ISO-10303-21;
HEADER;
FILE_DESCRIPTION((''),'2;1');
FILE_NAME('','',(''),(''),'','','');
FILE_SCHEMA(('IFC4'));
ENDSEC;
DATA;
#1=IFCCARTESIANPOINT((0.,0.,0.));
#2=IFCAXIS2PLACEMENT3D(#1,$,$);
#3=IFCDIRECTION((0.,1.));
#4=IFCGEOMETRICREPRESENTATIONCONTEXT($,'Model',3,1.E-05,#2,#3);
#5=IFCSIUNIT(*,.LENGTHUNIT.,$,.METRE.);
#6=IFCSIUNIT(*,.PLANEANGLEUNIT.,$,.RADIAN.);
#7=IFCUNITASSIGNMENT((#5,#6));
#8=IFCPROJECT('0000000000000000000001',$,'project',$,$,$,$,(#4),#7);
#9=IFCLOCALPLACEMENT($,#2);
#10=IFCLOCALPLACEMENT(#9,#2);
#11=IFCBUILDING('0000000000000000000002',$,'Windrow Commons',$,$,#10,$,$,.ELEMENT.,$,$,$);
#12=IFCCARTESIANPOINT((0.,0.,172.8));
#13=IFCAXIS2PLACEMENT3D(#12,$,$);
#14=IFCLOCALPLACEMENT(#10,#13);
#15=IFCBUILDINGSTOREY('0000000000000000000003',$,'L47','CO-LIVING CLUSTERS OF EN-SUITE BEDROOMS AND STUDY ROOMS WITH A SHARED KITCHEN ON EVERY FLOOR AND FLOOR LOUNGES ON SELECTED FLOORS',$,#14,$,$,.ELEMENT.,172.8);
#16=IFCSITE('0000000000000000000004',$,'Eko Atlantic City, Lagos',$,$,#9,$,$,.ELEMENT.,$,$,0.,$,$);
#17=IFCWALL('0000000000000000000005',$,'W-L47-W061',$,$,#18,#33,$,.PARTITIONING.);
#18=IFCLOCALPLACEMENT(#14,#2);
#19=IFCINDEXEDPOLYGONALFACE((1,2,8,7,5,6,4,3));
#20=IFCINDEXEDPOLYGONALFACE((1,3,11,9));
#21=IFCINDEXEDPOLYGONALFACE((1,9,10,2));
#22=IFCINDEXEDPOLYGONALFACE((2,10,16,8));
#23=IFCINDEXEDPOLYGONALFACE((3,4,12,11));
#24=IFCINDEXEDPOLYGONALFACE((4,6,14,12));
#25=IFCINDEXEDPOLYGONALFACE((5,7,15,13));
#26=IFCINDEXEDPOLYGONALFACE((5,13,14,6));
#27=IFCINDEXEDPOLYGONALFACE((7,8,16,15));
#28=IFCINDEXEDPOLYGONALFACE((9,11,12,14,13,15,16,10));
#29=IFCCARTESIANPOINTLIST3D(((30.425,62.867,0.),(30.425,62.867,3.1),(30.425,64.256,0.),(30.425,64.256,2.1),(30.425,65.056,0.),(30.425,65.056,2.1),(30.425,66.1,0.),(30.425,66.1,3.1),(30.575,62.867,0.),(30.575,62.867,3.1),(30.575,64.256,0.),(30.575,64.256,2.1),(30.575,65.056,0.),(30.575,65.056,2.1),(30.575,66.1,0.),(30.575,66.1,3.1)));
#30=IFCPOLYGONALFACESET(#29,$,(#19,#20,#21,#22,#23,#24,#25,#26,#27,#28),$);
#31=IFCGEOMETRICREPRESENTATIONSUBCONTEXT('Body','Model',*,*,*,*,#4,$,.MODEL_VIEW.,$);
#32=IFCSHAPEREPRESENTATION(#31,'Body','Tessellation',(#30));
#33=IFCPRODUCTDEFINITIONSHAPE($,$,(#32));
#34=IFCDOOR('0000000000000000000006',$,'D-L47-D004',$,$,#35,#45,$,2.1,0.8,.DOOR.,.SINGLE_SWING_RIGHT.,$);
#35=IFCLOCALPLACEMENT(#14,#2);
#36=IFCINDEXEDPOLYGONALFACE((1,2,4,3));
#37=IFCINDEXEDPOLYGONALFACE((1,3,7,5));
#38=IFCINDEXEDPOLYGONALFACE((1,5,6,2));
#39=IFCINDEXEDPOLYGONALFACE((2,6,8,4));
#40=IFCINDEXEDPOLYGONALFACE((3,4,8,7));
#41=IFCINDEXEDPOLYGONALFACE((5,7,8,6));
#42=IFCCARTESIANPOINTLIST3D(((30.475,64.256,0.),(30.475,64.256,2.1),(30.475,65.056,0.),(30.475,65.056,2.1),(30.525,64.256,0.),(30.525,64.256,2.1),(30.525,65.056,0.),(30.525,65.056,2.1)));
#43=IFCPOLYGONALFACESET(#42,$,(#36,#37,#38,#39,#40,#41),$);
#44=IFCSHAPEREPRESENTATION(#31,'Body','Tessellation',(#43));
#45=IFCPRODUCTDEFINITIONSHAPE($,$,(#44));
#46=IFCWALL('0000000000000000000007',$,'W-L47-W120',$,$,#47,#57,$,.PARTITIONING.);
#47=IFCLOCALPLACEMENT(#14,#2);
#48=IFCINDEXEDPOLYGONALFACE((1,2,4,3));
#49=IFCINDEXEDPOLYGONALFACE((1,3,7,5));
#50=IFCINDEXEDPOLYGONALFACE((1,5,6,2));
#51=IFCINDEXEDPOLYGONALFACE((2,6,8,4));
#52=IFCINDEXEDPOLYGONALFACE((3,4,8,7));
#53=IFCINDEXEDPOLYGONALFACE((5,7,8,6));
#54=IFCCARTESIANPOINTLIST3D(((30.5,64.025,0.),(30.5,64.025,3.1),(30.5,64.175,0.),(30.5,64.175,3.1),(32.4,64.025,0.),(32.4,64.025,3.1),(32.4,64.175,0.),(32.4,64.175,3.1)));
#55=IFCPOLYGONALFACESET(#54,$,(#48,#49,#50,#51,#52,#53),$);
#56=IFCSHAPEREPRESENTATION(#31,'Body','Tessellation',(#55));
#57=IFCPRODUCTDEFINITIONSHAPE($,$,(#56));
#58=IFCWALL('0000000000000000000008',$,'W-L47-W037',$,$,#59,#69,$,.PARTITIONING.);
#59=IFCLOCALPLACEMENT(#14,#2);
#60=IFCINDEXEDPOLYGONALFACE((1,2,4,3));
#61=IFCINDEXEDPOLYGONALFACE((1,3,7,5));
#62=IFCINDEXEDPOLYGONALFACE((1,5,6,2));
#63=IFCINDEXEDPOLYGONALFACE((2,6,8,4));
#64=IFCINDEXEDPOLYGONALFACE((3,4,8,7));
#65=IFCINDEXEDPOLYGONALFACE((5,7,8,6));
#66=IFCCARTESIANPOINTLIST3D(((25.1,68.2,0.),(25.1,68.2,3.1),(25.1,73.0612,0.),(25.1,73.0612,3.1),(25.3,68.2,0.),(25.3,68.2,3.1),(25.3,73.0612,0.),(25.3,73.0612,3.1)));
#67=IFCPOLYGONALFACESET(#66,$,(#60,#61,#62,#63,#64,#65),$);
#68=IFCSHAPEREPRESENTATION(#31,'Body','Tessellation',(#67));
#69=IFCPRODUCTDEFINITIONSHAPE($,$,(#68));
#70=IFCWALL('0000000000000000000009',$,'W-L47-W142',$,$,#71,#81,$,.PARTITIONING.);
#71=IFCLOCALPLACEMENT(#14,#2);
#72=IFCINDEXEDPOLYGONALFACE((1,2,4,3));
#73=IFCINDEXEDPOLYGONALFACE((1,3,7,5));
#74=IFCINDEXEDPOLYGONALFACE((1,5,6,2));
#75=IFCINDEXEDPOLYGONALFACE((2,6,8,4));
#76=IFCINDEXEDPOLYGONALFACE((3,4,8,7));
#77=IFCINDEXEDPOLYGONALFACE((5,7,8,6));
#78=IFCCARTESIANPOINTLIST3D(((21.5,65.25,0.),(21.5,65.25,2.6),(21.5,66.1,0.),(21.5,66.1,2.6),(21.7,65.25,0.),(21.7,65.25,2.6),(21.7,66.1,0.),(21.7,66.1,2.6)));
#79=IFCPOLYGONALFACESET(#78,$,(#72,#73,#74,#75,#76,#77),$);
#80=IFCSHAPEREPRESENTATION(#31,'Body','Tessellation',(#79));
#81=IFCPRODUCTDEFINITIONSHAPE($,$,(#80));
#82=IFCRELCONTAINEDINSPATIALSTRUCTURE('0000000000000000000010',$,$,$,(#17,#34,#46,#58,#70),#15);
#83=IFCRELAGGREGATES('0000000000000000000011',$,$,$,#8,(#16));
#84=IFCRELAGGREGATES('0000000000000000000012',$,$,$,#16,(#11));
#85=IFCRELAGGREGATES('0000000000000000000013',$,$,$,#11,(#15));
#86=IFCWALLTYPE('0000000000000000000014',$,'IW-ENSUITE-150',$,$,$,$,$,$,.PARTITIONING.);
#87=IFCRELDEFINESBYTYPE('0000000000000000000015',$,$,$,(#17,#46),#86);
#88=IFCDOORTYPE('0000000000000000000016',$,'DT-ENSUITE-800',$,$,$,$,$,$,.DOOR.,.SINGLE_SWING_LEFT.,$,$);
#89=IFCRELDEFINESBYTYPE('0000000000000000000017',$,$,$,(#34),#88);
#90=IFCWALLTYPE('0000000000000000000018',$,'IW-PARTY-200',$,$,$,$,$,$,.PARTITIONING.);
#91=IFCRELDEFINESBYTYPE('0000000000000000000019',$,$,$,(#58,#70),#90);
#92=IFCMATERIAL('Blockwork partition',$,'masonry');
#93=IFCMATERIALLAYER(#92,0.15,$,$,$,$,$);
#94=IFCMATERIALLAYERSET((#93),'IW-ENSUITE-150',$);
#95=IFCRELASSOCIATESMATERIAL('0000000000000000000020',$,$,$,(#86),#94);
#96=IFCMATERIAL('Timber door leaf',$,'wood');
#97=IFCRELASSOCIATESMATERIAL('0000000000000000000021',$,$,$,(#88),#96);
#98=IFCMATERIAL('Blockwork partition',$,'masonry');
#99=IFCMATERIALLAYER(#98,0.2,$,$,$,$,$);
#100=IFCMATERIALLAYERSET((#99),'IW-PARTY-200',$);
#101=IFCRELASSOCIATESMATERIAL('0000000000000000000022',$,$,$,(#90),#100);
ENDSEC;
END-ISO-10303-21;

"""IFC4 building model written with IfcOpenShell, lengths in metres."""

from ifc_helpers import new_model, si_unit, direction, frame, frame_2d, origin, place, context, subcontext, project, spatial, rectangle, extrude, material, layer, layer_set, type_object, element, fill, save


model = new_model("IFC4")

# Units and contexts
model_context = context("Model", 3, precision=1e-05, world=origin(), true_north=direction((0.0, 1.0)))
body_context = subcontext(model_context, "Body", "Model", "MODEL_VIEW")
ifc_project = project(units=[si_unit("LENGTHUNIT", "METRE"), si_unit("PLANEANGLEUNIT", "RADIAN")], contexts=[model_context])

# Site, building, storey
site_placement = place(None, origin())
site = spatial("IfcSite", under=ifc_project, at=site_placement, Name="Eko Atlantic City, Lagos", CompositionType="ELEMENT", RefElevation=0.0)
building_placement = place(site_placement, origin())
building = spatial("IfcBuilding", under=site, at=building_placement, Name="Windrow Commons", CompositionType="ELEMENT")
storey_placement = place(building_placement, frame((0.0, 0.0, 172.8)))
storey = spatial("IfcBuildingStorey", under=building, at=storey_placement, Name="L47", Description="CO-LIVING CLUSTERS OF EN-SUITE BEDROOMS AND STUDY ROOMS WITH A SHARED KITCHEN ON EVERY FLOOR AND FLOOR LOUNGES ON SELECTED FLOORS", CompositionType="ELEMENT", Elevation=172.8)

# Wall, opening, door
ifc_material_1 = material(Name="Blockwork partition", Category="masonry")
ifc_layer_1 = layer(ifc_material_1, 0.15)
ifc_layer_set_1 = layer_set([ifc_layer_1], Name="IW-ENSUITE-150")
wall_type_1 = type_object("IfcWallType", Name="IW-ENSUITE-150", PredefinedType="PARTITIONING", material=ifc_layer_set_1)
wall_1_placement = place(storey_placement, frame((30.5, 62.867, 0.0), z_axis=(0.0, 0.0, 1.0), x_axis=(0.0, 1.0, 0.0)))
wall_1 = element("IfcWall", 1, at=wall_1_placement, inside=storey, type_object=wall_type_1, Name="W-L47-W061", PredefinedType="PARTITIONING", context=body_context, shape_type="SweptSolid", body=[
    extrude(rectangle(XDim=3.233, YDim=0.15, at=frame_2d((1.6165, 0.0))), origin(), (0.0, 0.0, 1.0), 3.1),
])
opening_1_placement = place(wall_1_placement, frame((1.389, 0.0, 0.0)))
opening_1 = element("IfcOpeningElement", 2, at=opening_1_placement, cuts=wall_1, PredefinedType="OPENING", context=body_context, shape_type="SweptSolid", body=[
    extrude(rectangle(XDim=0.8, YDim=2.1, at=frame_2d((0.4, 1.05))), frame((0.0, 0.085, 0.0), z_axis=(0.0, -1.0, 0.0), x_axis=(1.0, 0.0, 0.0)), (0.0, 0.0, 1.0), 0.17),
])
ifc_material_2 = material(Name="Timber door leaf", Category="wood")
door_type_1 = type_object("IfcDoorType", Name="DT-ENSUITE-800", OperationType="SINGLE_SWING_LEFT", PredefinedType="DOOR", material=ifc_material_2)
door_1_placement = place(opening_1_placement, origin())
door_1 = element("IfcDoor", 3, at=door_1_placement, inside=storey, type_object=door_type_1, Name="D-L47-D004", OperationType="SINGLE_SWING_RIGHT", OverallHeight=2.1, OverallWidth=0.8, PredefinedType="DOOR", context=body_context, shape_type="SweptSolid", body=[
    extrude(rectangle(XDim=0.8, YDim=2.1, at=frame_2d((0.4, 1.05))), frame((0.0, 0.025, 0.0), z_axis=(0.0, -1.0, 0.0), x_axis=(1.0, 0.0, 0.0)), (0.0, 0.0, 1.0), 0.05),
])
fill(opening_1, door_1)

# Walls
wall_2_placement = place(storey_placement, frame((30.5, 64.1, 0.0), z_axis=(0.0, 0.0, 1.0), x_axis=(1.0, 0.0, 0.0)))
element("IfcWall", 4, at=wall_2_placement, inside=storey, type_object=wall_type_1, Name="W-L47-W120", PredefinedType="PARTITIONING", context=body_context, shape_type="SweptSolid", body=[
    extrude(rectangle(XDim=1.9, YDim=0.15, at=frame_2d((0.95, 0.0))), origin(), (0.0, 0.0, 1.0), 3.1),
])
ifc_material_3 = material(Name="Blockwork partition", Category="masonry")
ifc_layer_2 = layer(ifc_material_3, 0.2)
ifc_layer_set_2 = layer_set([ifc_layer_2], Name="IW-PARTY-200")
wall_type_2 = type_object("IfcWallType", Name="IW-PARTY-200", PredefinedType="PARTITIONING", material=ifc_layer_set_2)
wall_3_placement = place(storey_placement, frame((25.2, 68.2, 0.0), z_axis=(0.0, 0.0, 1.0), x_axis=(0.0, 1.0, 0.0)))
element("IfcWall", 5, at=wall_3_placement, inside=storey, type_object=wall_type_2, Name="W-L47-W037", PredefinedType="PARTITIONING", context=body_context, shape_type="SweptSolid", body=[
    extrude(rectangle(XDim=4.8612, YDim=0.2, at=frame_2d((2.4306, 0.0))), origin(), (0.0, 0.0, 1.0), 3.1),
])
wall_4_placement = place(storey_placement, frame((21.6, 65.25, 0.0), z_axis=(0.0, 0.0, 1.0), x_axis=(0.0, 1.0, 0.0)))
element("IfcWall", 6, at=wall_4_placement, inside=storey, type_object=wall_type_2, Name="W-L47-W142", PredefinedType="PARTITIONING", context=body_context, shape_type="SweptSolid", body=[
    extrude(rectangle(XDim=0.85, YDim=0.2, at=frame_2d((0.425, 0.0))), origin(), (0.0, 0.0, 1.0), 2.6),
])

save(model, "model.ifc")
